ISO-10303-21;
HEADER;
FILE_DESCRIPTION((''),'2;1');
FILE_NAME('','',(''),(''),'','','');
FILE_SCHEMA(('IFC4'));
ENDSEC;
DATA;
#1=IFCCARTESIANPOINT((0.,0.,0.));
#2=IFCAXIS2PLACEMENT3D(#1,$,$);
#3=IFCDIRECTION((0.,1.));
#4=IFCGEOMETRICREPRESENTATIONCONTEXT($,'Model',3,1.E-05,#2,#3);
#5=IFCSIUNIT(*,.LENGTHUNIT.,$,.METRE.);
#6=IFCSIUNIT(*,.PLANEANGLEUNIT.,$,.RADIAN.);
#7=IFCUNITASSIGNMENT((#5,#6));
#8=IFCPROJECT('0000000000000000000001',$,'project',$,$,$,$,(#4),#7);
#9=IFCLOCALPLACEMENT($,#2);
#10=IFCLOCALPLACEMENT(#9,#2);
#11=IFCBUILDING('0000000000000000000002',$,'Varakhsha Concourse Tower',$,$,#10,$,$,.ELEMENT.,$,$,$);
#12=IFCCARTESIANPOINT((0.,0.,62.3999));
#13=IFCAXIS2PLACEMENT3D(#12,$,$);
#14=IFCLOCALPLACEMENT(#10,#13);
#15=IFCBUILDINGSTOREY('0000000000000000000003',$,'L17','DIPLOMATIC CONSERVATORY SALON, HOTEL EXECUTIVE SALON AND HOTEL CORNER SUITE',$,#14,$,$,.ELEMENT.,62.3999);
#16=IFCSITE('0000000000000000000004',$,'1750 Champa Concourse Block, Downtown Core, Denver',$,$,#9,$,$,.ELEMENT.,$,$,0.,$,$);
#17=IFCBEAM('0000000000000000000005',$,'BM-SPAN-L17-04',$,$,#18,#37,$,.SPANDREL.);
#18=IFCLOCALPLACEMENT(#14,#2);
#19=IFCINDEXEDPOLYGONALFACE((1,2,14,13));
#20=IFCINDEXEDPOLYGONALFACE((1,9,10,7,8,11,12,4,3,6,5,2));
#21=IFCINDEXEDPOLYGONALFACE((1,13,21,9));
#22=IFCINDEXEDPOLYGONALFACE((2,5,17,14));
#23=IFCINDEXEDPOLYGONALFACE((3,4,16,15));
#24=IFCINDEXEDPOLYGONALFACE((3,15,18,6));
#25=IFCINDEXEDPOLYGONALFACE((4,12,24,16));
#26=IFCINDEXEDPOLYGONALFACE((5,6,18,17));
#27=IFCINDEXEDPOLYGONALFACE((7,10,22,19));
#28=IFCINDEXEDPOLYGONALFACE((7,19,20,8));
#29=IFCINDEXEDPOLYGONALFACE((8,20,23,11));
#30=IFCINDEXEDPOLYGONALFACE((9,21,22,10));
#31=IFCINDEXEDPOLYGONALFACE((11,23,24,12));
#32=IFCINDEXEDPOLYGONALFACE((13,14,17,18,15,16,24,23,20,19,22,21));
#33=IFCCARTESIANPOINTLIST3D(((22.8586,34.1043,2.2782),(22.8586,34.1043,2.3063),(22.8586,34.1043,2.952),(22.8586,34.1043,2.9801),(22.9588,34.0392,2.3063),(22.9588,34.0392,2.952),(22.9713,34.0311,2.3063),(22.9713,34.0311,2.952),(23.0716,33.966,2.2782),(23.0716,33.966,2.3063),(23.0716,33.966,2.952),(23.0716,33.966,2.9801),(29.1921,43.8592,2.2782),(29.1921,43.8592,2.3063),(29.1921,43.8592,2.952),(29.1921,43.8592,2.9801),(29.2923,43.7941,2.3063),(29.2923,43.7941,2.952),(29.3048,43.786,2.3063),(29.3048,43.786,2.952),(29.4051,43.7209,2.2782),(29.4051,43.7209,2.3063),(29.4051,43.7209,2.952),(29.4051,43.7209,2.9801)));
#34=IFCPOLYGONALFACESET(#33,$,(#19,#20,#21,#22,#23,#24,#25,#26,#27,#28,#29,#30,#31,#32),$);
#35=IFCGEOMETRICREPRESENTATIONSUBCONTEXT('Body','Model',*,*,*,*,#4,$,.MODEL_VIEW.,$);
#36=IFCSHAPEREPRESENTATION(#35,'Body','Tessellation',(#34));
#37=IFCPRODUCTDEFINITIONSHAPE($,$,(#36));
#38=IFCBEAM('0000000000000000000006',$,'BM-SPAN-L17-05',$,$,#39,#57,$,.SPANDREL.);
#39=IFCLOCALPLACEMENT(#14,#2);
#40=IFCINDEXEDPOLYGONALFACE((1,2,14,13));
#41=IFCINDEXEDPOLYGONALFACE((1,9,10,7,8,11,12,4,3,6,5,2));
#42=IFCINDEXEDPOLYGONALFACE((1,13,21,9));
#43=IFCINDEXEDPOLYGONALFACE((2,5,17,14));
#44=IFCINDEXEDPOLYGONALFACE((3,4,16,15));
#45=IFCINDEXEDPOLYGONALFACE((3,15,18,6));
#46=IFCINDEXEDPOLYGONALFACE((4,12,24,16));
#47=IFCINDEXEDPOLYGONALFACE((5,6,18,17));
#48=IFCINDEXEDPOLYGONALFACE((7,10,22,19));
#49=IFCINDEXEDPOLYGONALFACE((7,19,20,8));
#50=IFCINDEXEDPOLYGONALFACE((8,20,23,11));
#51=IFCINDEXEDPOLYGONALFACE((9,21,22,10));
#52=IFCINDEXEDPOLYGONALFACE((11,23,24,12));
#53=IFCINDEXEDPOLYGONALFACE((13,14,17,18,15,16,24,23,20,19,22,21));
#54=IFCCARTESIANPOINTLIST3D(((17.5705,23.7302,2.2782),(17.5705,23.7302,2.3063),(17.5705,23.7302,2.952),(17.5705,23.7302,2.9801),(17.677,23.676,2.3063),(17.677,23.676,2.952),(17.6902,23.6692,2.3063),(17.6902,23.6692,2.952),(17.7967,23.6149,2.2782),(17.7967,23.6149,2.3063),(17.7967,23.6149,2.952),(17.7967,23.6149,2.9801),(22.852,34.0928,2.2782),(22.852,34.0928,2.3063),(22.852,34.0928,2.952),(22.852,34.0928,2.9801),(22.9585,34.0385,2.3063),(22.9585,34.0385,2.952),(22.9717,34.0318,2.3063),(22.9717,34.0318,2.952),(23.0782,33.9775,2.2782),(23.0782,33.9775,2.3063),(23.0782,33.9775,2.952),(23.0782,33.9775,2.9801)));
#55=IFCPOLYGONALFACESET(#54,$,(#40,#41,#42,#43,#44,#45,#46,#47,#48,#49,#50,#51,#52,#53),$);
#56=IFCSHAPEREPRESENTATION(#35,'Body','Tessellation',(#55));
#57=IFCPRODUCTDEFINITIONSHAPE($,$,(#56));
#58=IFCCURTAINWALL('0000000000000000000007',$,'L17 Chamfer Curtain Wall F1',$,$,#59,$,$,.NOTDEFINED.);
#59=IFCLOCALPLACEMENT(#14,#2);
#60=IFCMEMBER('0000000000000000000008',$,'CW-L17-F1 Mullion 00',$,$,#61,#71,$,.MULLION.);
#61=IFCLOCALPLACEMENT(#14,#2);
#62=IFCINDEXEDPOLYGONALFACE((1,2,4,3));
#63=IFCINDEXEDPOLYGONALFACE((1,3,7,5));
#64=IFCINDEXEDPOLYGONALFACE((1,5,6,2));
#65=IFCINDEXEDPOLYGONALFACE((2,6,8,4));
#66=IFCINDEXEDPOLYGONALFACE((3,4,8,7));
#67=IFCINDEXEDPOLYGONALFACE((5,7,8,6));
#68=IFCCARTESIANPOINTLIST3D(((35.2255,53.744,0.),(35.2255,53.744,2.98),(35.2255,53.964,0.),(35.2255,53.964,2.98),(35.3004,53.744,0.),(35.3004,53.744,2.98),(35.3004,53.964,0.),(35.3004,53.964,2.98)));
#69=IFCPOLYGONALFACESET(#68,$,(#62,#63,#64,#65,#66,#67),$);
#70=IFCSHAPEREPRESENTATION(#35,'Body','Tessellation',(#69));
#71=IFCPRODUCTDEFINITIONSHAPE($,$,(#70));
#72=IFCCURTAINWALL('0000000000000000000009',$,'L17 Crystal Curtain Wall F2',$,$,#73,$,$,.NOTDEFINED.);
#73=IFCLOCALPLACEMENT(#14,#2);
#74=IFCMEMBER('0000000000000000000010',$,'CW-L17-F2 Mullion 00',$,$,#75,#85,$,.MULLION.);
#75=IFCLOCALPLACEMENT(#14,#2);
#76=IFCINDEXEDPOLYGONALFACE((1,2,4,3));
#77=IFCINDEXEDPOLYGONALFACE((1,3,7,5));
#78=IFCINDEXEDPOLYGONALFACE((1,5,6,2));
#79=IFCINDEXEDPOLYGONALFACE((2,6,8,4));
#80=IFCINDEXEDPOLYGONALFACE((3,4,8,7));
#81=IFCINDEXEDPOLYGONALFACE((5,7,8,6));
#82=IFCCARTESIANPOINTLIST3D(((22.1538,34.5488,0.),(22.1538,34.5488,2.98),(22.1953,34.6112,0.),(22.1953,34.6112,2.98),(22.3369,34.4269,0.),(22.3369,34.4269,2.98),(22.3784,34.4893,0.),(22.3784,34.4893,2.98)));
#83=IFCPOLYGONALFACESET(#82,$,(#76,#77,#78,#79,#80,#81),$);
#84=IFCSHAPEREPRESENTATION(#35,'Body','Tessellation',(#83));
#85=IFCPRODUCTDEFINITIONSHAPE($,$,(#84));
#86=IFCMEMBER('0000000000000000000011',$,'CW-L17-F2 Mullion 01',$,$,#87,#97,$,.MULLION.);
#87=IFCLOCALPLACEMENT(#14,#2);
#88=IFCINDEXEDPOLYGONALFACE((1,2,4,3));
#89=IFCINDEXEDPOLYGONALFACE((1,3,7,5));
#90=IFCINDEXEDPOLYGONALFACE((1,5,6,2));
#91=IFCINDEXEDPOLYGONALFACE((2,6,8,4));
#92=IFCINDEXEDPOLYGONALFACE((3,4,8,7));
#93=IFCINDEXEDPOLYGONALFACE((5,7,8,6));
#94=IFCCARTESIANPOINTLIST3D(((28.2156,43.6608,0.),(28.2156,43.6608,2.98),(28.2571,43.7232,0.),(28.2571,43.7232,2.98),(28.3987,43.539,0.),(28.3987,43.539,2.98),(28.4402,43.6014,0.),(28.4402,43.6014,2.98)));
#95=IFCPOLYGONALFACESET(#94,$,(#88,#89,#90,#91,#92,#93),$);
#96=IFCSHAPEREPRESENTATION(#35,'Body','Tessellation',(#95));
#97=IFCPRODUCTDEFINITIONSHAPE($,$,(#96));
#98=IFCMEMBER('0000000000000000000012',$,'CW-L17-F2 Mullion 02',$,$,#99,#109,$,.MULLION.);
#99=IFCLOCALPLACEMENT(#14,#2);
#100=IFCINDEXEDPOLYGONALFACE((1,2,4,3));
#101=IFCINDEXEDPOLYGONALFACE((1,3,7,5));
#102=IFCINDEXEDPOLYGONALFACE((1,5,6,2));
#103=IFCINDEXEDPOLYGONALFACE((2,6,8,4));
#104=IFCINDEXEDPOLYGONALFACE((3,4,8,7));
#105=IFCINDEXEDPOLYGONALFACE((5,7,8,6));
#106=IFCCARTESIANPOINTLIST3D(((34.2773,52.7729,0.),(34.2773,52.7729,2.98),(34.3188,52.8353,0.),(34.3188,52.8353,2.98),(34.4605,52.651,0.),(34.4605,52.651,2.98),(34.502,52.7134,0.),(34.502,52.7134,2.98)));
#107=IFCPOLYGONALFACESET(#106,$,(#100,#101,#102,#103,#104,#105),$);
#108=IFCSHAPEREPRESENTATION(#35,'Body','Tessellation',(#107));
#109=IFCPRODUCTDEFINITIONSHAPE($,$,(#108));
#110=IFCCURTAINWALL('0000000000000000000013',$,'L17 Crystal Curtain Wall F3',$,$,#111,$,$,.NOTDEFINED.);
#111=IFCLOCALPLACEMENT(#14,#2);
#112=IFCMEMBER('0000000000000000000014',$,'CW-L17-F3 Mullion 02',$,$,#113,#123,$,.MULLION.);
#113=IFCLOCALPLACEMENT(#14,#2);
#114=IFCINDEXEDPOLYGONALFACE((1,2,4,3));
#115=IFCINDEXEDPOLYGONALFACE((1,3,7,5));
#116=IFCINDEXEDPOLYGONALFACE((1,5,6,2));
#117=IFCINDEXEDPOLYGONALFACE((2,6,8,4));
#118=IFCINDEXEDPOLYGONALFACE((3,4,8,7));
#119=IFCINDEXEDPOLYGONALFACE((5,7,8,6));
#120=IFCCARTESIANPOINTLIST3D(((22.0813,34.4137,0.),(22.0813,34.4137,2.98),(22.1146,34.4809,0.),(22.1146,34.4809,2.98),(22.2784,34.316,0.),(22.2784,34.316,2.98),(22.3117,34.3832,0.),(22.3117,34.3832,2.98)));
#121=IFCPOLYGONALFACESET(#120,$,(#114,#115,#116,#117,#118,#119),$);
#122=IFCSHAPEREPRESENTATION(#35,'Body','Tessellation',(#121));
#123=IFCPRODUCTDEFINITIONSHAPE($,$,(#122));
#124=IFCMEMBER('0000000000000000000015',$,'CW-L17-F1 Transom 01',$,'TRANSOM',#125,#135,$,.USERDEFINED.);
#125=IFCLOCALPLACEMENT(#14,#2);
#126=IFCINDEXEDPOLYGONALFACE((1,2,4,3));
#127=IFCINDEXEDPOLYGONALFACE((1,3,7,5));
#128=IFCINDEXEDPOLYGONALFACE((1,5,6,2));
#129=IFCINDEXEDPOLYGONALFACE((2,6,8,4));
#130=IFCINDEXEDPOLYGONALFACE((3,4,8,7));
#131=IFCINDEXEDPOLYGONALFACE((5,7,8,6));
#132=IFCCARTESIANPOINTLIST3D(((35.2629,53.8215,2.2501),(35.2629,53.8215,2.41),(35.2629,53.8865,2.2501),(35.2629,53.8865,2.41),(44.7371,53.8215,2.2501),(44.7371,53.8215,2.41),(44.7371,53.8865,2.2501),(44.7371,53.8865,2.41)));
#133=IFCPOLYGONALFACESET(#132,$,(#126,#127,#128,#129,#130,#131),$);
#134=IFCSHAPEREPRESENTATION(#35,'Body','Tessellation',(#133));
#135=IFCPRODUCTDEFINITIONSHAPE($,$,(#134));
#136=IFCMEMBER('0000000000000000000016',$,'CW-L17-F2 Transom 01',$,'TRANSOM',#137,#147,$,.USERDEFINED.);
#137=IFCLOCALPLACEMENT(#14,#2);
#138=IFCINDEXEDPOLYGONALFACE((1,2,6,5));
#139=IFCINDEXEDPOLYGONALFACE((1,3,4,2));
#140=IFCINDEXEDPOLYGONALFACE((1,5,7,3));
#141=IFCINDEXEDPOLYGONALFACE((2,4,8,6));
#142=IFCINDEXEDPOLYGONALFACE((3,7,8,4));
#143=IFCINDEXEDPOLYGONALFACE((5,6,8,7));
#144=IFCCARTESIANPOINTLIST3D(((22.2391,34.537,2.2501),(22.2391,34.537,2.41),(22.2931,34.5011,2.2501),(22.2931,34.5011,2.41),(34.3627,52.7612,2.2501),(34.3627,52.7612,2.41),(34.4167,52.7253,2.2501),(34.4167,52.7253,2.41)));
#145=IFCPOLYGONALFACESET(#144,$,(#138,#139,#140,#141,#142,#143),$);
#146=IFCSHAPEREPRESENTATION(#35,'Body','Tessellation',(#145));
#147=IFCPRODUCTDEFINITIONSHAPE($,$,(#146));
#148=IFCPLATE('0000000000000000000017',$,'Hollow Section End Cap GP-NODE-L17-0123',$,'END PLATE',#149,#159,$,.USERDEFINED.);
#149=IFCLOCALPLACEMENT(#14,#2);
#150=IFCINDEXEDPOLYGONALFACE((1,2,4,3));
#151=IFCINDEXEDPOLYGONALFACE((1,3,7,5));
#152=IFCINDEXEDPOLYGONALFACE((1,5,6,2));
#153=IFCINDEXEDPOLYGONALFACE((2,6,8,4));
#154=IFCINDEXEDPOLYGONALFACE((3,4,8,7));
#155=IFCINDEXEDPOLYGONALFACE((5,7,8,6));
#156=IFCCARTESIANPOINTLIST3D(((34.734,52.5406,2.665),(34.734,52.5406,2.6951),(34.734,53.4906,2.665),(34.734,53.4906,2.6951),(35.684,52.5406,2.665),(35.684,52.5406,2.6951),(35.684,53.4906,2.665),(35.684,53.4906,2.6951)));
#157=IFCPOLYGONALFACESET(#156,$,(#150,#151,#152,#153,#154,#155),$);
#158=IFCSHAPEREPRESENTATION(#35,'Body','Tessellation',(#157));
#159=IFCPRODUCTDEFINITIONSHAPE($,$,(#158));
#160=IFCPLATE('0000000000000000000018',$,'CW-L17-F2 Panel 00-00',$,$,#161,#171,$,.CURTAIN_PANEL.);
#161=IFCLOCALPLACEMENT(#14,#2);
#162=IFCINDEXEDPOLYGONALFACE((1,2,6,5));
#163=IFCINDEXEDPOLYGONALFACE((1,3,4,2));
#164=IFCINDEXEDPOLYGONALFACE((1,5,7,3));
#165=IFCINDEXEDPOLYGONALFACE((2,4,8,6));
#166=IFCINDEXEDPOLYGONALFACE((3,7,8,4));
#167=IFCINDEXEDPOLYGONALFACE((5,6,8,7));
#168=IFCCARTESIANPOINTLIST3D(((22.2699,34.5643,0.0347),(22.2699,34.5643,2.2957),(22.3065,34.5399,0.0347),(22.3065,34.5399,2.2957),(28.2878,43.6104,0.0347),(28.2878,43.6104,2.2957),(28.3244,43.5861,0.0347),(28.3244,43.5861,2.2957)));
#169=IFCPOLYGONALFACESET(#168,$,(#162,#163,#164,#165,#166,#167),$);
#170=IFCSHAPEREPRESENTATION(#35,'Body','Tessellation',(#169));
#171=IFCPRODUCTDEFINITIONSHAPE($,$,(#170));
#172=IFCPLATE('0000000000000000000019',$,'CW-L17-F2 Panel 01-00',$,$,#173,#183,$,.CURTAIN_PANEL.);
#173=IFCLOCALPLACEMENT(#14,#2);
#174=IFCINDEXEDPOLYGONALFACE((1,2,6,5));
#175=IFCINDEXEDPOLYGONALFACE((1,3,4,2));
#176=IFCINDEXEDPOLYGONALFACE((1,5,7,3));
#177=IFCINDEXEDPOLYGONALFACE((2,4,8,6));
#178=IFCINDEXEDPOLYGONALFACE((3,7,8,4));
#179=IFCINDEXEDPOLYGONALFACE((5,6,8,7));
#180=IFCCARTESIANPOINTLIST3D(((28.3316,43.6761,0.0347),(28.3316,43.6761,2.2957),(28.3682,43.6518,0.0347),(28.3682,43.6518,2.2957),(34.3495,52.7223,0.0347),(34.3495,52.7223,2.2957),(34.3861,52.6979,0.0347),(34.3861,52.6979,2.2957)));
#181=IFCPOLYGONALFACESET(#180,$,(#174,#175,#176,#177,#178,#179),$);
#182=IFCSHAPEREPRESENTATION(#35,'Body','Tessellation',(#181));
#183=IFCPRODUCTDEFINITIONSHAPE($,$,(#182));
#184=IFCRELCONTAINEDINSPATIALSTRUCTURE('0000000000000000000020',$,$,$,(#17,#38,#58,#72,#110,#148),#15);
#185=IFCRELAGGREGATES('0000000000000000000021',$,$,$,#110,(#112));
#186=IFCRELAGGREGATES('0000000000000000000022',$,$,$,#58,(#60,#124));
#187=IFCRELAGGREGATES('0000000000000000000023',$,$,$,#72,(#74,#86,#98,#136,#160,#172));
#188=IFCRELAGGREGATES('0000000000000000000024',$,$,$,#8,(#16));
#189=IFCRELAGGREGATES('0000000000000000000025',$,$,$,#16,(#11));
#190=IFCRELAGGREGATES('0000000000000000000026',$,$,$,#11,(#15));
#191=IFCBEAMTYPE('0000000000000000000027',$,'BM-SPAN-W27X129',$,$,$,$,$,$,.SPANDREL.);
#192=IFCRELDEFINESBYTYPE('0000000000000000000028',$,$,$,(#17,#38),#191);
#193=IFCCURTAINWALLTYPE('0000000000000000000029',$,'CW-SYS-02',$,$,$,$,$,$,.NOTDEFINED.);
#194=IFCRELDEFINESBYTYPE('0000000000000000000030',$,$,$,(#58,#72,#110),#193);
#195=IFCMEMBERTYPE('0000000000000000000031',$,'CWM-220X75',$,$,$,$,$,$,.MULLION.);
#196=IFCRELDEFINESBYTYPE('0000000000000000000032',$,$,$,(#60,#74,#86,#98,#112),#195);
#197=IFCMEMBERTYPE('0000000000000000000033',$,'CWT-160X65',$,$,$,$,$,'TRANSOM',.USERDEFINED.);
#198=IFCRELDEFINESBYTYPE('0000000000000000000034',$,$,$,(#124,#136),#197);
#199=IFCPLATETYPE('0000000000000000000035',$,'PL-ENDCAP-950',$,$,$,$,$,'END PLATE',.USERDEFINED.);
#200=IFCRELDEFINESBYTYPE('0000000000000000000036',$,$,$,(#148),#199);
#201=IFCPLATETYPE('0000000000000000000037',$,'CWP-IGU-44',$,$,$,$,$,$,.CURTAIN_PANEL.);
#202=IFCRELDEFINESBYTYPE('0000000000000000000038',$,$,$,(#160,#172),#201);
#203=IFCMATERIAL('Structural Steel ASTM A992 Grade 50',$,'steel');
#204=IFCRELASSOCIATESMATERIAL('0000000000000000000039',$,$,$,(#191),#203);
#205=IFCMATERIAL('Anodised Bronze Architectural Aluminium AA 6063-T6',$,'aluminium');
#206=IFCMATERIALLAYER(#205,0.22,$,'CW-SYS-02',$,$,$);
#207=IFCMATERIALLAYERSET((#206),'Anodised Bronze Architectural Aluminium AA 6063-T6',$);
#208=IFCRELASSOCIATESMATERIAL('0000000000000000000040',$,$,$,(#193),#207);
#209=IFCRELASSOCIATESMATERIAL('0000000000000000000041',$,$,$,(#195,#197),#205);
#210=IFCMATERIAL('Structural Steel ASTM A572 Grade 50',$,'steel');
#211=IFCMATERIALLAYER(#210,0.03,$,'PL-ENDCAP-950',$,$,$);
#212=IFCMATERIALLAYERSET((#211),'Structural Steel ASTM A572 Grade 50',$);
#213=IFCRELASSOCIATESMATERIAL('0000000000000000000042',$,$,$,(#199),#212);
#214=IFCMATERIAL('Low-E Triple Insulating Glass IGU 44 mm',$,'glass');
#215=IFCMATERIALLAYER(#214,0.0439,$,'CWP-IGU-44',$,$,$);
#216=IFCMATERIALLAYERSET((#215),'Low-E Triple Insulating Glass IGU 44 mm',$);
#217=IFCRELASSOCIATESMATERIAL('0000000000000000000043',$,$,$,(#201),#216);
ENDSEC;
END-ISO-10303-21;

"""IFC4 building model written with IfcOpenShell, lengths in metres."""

from ifc_helpers import new_model, si_unit, direction, frame, origin, origin_2d, place, context, subcontext, project, spatial, rectangle, i_section, extrude, source, transform, mapped, material, layer, layer_set, material_profile, profile_set, type_object, type_shapes, element, aggregate, save


model = new_model("IFC4")

# Units and contexts
model_context = context("Model", 3, precision=1e-05, world=origin(), true_north=direction((0.0, 1.0)))
body_context = subcontext(model_context, "Body", "Model", "MODEL_VIEW")
ifc_project = project(units=[si_unit("LENGTHUNIT", "METRE"), si_unit("PLANEANGLEUNIT", "RADIAN")], contexts=[model_context])

# Site, building, storey
site_placement = place(None, origin())
site = spatial("IfcSite", under=ifc_project, at=site_placement, Name="1750 Champa Concourse Block, Downtown Core, Denver", CompositionType="ELEMENT", RefElevation=0.0)
building_placement = place(site_placement, origin())
building = spatial("IfcBuilding", under=site, at=building_placement, Name="Varakhsha Concourse Tower", CompositionType="ELEMENT")
storey_placement = place(building_placement, frame((0.0, 0.0, 62.3999)))
storey = spatial("IfcBuildingStorey", under=building, at=storey_placement, Name="L17", Description="DIPLOMATIC CONSERVATORY SALON, HOTEL EXECUTIVE SALON AND HOTEL CORNER SUITE", CompositionType="ELEMENT", Elevation=62.3999)

# Shared definitions
ifc_material_1 = material(Name="Structural Steel ASTM A992 Grade 50", Category="steel")
ifc_material_2 = material(Name="Structural Steel ASTM A572 Grade 50", Category="steel")

# Beams
ifc_material_profile_1 = material_profile(ifc_material_1, i_section(OverallWidth=0.2539, OverallDepth=0.7019, WebThickness=0.0149, FlangeThickness=0.0281, at=origin_2d()), Name="W27X129")
ifc_profile_set_1 = profile_set([ifc_material_profile_1], Name="Structural Steel ASTM A992 Grade 50")
beam_type_1 = type_object("IfcBeamType", Name="BM-SPAN-W27X129", PredefinedType="SPANDREL", material=ifc_profile_set_1)
beam_1_placement = place(storey_placement, frame((29.2986, 43.79, 2.6292), z_axis=(-0.544554, -0.838726, 0.0), x_axis=(0.838726, -0.544554, 0.0)))
element("IfcBeam", 1, at=beam_1_placement, inside=storey, type_object=beam_type_1, Name="BM-SPAN-L17-04", PredefinedType="SPANDREL", context=body_context, shape_type="SweptSolid", body=[
    extrude(i_section(OverallWidth=0.2539, OverallDepth=0.7019, WebThickness=0.0149, FlangeThickness=0.0281, at=origin_2d()), origin(), (0.0, 0.0, 1.0), 11.6306),
])
beam_2_placement = place(storey_placement, frame((22.9651, 34.0352, 2.6292), z_axis=(-0.454094, -0.890954, 0.0), x_axis=(0.890954, -0.454094, 0.0)))
element("IfcBeam", 2, at=beam_2_placement, inside=storey, type_object=beam_type_1, Name="BM-SPAN-L17-05", PredefinedType="SPANDREL", context=body_context, shape_type="SweptSolid", body=[
    extrude(i_section(OverallWidth=0.2539, OverallDepth=0.7019, WebThickness=0.0149, FlangeThickness=0.0281, at=origin_2d()), origin(), (0.0, 0.0, 1.0), 11.6309),
])

# Curtain wall, member
ifc_material_3 = material(Name="Anodised Bronze Architectural Aluminium AA 6063-T6", Category="aluminium")
ifc_layer_1 = layer(ifc_material_3, 0.22, Name="CW-SYS-02")
ifc_layer_set_1 = layer_set([ifc_layer_1], Name="Anodised Bronze Architectural Aluminium AA 6063-T6")
curtain_wall_type = type_object("IfcCurtainWallType", Name="CW-SYS-02", PredefinedType="NOTDEFINED", material=ifc_layer_set_1)
curtain_wall_1_placement = place(storey_placement, origin())
curtain_wall_1 = element("IfcCurtainWall", 3, at=curtain_wall_1_placement, inside=storey, type_object=curtain_wall_type, Name="L17 Chamfer Curtain Wall F1", PredefinedType="NOTDEFINED")
ifc_material_profile_2 = material_profile(ifc_material_3, rectangle(XDim=0.075, YDim=0.22, at=origin_2d()), Name="CWM-220X75")
ifc_profile_set_2 = profile_set([ifc_material_profile_2], Name="Anodised Bronze Architectural Aluminium AA 6063-T6")
member_type_1 = type_object("IfcMemberType", Name="CWM-220X75", PredefinedType="MULLION", material=ifc_profile_set_2)
shared_shape_1 = source(origin(), body_context, "Body", "SweptSolid", [
    extrude(rectangle(XDim=0.075, YDim=0.22, at=origin_2d()), origin(), (0.0, 0.0, 1.0), 2.98),
])
type_shapes(member_type_1, [shared_shape_1])
member_1_placement = place(storey_placement, frame((35.2629, 53.854, 0.0), z_axis=(0.0, 0.0, 1.0), x_axis=(1.0, 0.0, 0.0)))
member_1 = element("IfcMember", 4, at=member_1_placement, type_object=member_type_1, Name="CW-L17-F1 Mullion 00", PredefinedType="MULLION", context=body_context, shape_type="MappedRepresentation", body=[
    mapped(shared_shape_1, transform((0.0, 0.0, 0.0), scale=1.0)),
])

# Curtain wall, members
curtain_wall_2_placement = place(storey_placement, origin())
curtain_wall_2 = element("IfcCurtainWall", 5, at=curtain_wall_2_placement, inside=storey, type_object=curtain_wall_type, Name="L17 Crystal Curtain Wall F2", PredefinedType="NOTDEFINED")
member_2_placement = place(storey_placement, frame((22.2661, 34.519, 0.0), z_axis=(0.0, 0.0, 1.0), x_axis=(0.55388, 0.832597, 0.0)))
member_2 = element("IfcMember", 6, at=member_2_placement, type_object=member_type_1, Name="CW-L17-F2 Mullion 00", PredefinedType="MULLION", context=body_context, shape_type="MappedRepresentation", body=[
    mapped(shared_shape_1, transform((0.0, 0.0, 0.0), scale=1.0)),
])
member_3_placement = place(storey_placement, frame((28.3279, 43.6311, 0.0), z_axis=(0.0, 0.0, 1.0), x_axis=(0.55388, 0.832597, 0.0)))
member_3 = element("IfcMember", 7, at=member_3_placement, type_object=member_type_1, Name="CW-L17-F2 Mullion 01", PredefinedType="MULLION", context=body_context, shape_type="MappedRepresentation", body=[
    mapped(shared_shape_1, transform((0.0, 0.0, 0.0), scale=1.0)),
])
member_4_placement = place(storey_placement, frame((34.3896, 52.7432, 0.0), z_axis=(0.0, 0.0, 1.0), x_axis=(0.55388, 0.832597, 0.0)))
member_4 = element("IfcMember", 8, at=member_4_placement, type_object=member_type_1, Name="CW-L17-F2 Mullion 02", PredefinedType="MULLION", context=body_context, shape_type="MappedRepresentation", body=[
    mapped(shared_shape_1, transform((0.0, 0.0, 0.0), scale=1.0)),
])

# Curtain wall, member
curtain_wall_3_placement = place(storey_placement, origin())
curtain_wall_3 = element("IfcCurtainWall", 9, at=curtain_wall_3_placement, inside=storey, type_object=curtain_wall_type, Name="L17 Crystal Curtain Wall F3", PredefinedType="NOTDEFINED")
member_5_placement = place(storey_placement, frame((22.1965, 34.3984, 0.0), z_axis=(0.0, 0.0, 1.0), x_axis=(0.44411, 0.895972, 0.0)))
member_5 = element("IfcMember", 10, at=member_5_placement, type_object=member_type_1, Name="CW-L17-F3 Mullion 02", PredefinedType="MULLION", context=body_context, shape_type="MappedRepresentation", body=[
    mapped(shared_shape_1, transform((0.0, 0.0, 0.0), scale=1.0)),
])
aggregate(curtain_wall_3, [member_5])

# Members
ifc_material_profile_3 = material_profile(ifc_material_3, rectangle(XDim=0.0649, YDim=0.1599, at=origin_2d()), Name="CWT-160X65")
ifc_profile_set_3 = profile_set([ifc_material_profile_3], Name="Anodised Bronze Architectural Aluminium AA 6063-T6")
member_type_2 = type_object("IfcMemberType", Name="CWT-160X65", ElementType="TRANSOM", PredefinedType="USERDEFINED", material=ifc_profile_set_3)
shared_shape_2 = source(origin(), body_context, "Body", "SweptSolid", [
    extrude(rectangle(XDim=0.0649, YDim=0.1599, at=origin_2d()), origin(), (0.0, 0.0, 1.0), 9.4741),
])
member_6_placement = place(storey_placement, frame((35.2629, 53.854, 2.3301), z_axis=(1.0, 0.0, 0.0), x_axis=(0.0, 1.0, 0.0)))
member_6 = element("IfcMember", 11, at=member_6_placement, type_object=member_type_2, Name="CW-L17-F1 Transom 01", ObjectType="TRANSOM", PredefinedType="USERDEFINED", context=body_context, shape_type="MappedRepresentation", body=[
    mapped(shared_shape_2, transform((0.0, 0.0, 0.0), scale=1.0)),
])
aggregate(curtain_wall_1, [member_1, member_6])
shared_shape_3 = source(origin(), body_context, "Body", "SweptSolid", [
    extrude(rectangle(XDim=0.0649, YDim=0.1599, at=origin_2d()), origin(), (0.0, 0.0, 1.0), 21.8884),
])
type_shapes(member_type_2, [shared_shape_2, shared_shape_3])
member_7_placement = place(storey_placement, frame((22.2661, 34.519, 2.3301), z_axis=(0.553881, 0.832596, 0.0), x_axis=(-0.832596, 0.553881, 0.0)))
member_7 = element("IfcMember", 12, at=member_7_placement, type_object=member_type_2, Name="CW-L17-F2 Transom 01", ObjectType="TRANSOM", PredefinedType="USERDEFINED", context=body_context, shape_type="MappedRepresentation", body=[
    mapped(shared_shape_3, transform((0.0, 0.0, 0.0), scale=1.0)),
])

# Plates
ifc_layer_2 = layer(ifc_material_2, 0.03, Name="PL-ENDCAP-950")
ifc_layer_set_2 = layer_set([ifc_layer_2], Name="Structural Steel ASTM A572 Grade 50")
plate_type_1 = type_object("IfcPlateType", Name="PL-ENDCAP-950", ElementType="END PLATE", PredefinedType="USERDEFINED", material=ifc_layer_set_2)
shared_shape_4 = source(origin(), body_context, "Body", "SweptSolid", [
    extrude(rectangle(XDim=0.95, YDim=0.95, at=origin_2d()), origin(), (0.0, 0.0, 1.0), 0.03),
])
type_shapes(plate_type_1, [shared_shape_4])
plate_1_placement = place(storey_placement, frame((35.209, 53.0156, 2.665), z_axis=(0.0, 0.0, 1.0), x_axis=(1.0, 0.0, 0.0)))
element("IfcPlate", 13, at=plate_1_placement, inside=storey, type_object=plate_type_1, Name="Hollow Section End Cap GP-NODE-L17-0123", ObjectType="END PLATE", PredefinedType="USERDEFINED", context=body_context, shape_type="MappedRepresentation", body=[
    mapped(shared_shape_4, transform((0.0, 0.0, 0.0), scale=1.0)),
])
ifc_material_4 = material(Name="Low-E Triple Insulating Glass IGU 44 mm", Category="glass")
ifc_layer_3 = layer(ifc_material_4, 0.0439, Name="CWP-IGU-44")
ifc_layer_set_3 = layer_set([ifc_layer_3], Name="Low-E Triple Insulating Glass IGU 44 mm")
plate_type_2 = type_object("IfcPlateType", Name="CWP-IGU-44", PredefinedType="CURTAIN_PANEL", material=ifc_layer_set_3)
shared_shape_5 = source(origin(), body_context, "Body", "SweptSolid", [
    extrude(rectangle(XDim=10.865, YDim=0.0439, at=origin_2d()), origin(), (0.0, 0.0, 1.0), 2.261),
])
type_shapes(plate_type_2, [shared_shape_5])
plate_2_placement = place(storey_placement, frame((25.2971, 39.0752, 0.0347), z_axis=(0.0, 0.0, 1.0), x_axis=(0.55388, 0.832597, 0.0)))
plate_2 = element("IfcPlate", 14, at=plate_2_placement, type_object=plate_type_2, Name="CW-L17-F2 Panel 00-00", PredefinedType="CURTAIN_PANEL", context=body_context, shape_type="MappedRepresentation", body=[
    mapped(shared_shape_5, transform((0.0, 0.0, 0.0), scale=1.0)),
])
plate_3_placement = place(storey_placement, frame((31.3589, 48.187, 0.0347), z_axis=(0.0, 0.0, 1.0), x_axis=(0.55388, 0.832597, 0.0)))
plate_3 = element("IfcPlate", 15, at=plate_3_placement, type_object=plate_type_2, Name="CW-L17-F2 Panel 01-00", PredefinedType="CURTAIN_PANEL", context=body_context, shape_type="MappedRepresentation", body=[
    mapped(shared_shape_5, transform((0.0, 0.0, 0.0), scale=1.0)),
])
aggregate(curtain_wall_2, [member_2, member_3, member_4, member_7, plate_2, plate_3])

save(model, "model.ifc")
